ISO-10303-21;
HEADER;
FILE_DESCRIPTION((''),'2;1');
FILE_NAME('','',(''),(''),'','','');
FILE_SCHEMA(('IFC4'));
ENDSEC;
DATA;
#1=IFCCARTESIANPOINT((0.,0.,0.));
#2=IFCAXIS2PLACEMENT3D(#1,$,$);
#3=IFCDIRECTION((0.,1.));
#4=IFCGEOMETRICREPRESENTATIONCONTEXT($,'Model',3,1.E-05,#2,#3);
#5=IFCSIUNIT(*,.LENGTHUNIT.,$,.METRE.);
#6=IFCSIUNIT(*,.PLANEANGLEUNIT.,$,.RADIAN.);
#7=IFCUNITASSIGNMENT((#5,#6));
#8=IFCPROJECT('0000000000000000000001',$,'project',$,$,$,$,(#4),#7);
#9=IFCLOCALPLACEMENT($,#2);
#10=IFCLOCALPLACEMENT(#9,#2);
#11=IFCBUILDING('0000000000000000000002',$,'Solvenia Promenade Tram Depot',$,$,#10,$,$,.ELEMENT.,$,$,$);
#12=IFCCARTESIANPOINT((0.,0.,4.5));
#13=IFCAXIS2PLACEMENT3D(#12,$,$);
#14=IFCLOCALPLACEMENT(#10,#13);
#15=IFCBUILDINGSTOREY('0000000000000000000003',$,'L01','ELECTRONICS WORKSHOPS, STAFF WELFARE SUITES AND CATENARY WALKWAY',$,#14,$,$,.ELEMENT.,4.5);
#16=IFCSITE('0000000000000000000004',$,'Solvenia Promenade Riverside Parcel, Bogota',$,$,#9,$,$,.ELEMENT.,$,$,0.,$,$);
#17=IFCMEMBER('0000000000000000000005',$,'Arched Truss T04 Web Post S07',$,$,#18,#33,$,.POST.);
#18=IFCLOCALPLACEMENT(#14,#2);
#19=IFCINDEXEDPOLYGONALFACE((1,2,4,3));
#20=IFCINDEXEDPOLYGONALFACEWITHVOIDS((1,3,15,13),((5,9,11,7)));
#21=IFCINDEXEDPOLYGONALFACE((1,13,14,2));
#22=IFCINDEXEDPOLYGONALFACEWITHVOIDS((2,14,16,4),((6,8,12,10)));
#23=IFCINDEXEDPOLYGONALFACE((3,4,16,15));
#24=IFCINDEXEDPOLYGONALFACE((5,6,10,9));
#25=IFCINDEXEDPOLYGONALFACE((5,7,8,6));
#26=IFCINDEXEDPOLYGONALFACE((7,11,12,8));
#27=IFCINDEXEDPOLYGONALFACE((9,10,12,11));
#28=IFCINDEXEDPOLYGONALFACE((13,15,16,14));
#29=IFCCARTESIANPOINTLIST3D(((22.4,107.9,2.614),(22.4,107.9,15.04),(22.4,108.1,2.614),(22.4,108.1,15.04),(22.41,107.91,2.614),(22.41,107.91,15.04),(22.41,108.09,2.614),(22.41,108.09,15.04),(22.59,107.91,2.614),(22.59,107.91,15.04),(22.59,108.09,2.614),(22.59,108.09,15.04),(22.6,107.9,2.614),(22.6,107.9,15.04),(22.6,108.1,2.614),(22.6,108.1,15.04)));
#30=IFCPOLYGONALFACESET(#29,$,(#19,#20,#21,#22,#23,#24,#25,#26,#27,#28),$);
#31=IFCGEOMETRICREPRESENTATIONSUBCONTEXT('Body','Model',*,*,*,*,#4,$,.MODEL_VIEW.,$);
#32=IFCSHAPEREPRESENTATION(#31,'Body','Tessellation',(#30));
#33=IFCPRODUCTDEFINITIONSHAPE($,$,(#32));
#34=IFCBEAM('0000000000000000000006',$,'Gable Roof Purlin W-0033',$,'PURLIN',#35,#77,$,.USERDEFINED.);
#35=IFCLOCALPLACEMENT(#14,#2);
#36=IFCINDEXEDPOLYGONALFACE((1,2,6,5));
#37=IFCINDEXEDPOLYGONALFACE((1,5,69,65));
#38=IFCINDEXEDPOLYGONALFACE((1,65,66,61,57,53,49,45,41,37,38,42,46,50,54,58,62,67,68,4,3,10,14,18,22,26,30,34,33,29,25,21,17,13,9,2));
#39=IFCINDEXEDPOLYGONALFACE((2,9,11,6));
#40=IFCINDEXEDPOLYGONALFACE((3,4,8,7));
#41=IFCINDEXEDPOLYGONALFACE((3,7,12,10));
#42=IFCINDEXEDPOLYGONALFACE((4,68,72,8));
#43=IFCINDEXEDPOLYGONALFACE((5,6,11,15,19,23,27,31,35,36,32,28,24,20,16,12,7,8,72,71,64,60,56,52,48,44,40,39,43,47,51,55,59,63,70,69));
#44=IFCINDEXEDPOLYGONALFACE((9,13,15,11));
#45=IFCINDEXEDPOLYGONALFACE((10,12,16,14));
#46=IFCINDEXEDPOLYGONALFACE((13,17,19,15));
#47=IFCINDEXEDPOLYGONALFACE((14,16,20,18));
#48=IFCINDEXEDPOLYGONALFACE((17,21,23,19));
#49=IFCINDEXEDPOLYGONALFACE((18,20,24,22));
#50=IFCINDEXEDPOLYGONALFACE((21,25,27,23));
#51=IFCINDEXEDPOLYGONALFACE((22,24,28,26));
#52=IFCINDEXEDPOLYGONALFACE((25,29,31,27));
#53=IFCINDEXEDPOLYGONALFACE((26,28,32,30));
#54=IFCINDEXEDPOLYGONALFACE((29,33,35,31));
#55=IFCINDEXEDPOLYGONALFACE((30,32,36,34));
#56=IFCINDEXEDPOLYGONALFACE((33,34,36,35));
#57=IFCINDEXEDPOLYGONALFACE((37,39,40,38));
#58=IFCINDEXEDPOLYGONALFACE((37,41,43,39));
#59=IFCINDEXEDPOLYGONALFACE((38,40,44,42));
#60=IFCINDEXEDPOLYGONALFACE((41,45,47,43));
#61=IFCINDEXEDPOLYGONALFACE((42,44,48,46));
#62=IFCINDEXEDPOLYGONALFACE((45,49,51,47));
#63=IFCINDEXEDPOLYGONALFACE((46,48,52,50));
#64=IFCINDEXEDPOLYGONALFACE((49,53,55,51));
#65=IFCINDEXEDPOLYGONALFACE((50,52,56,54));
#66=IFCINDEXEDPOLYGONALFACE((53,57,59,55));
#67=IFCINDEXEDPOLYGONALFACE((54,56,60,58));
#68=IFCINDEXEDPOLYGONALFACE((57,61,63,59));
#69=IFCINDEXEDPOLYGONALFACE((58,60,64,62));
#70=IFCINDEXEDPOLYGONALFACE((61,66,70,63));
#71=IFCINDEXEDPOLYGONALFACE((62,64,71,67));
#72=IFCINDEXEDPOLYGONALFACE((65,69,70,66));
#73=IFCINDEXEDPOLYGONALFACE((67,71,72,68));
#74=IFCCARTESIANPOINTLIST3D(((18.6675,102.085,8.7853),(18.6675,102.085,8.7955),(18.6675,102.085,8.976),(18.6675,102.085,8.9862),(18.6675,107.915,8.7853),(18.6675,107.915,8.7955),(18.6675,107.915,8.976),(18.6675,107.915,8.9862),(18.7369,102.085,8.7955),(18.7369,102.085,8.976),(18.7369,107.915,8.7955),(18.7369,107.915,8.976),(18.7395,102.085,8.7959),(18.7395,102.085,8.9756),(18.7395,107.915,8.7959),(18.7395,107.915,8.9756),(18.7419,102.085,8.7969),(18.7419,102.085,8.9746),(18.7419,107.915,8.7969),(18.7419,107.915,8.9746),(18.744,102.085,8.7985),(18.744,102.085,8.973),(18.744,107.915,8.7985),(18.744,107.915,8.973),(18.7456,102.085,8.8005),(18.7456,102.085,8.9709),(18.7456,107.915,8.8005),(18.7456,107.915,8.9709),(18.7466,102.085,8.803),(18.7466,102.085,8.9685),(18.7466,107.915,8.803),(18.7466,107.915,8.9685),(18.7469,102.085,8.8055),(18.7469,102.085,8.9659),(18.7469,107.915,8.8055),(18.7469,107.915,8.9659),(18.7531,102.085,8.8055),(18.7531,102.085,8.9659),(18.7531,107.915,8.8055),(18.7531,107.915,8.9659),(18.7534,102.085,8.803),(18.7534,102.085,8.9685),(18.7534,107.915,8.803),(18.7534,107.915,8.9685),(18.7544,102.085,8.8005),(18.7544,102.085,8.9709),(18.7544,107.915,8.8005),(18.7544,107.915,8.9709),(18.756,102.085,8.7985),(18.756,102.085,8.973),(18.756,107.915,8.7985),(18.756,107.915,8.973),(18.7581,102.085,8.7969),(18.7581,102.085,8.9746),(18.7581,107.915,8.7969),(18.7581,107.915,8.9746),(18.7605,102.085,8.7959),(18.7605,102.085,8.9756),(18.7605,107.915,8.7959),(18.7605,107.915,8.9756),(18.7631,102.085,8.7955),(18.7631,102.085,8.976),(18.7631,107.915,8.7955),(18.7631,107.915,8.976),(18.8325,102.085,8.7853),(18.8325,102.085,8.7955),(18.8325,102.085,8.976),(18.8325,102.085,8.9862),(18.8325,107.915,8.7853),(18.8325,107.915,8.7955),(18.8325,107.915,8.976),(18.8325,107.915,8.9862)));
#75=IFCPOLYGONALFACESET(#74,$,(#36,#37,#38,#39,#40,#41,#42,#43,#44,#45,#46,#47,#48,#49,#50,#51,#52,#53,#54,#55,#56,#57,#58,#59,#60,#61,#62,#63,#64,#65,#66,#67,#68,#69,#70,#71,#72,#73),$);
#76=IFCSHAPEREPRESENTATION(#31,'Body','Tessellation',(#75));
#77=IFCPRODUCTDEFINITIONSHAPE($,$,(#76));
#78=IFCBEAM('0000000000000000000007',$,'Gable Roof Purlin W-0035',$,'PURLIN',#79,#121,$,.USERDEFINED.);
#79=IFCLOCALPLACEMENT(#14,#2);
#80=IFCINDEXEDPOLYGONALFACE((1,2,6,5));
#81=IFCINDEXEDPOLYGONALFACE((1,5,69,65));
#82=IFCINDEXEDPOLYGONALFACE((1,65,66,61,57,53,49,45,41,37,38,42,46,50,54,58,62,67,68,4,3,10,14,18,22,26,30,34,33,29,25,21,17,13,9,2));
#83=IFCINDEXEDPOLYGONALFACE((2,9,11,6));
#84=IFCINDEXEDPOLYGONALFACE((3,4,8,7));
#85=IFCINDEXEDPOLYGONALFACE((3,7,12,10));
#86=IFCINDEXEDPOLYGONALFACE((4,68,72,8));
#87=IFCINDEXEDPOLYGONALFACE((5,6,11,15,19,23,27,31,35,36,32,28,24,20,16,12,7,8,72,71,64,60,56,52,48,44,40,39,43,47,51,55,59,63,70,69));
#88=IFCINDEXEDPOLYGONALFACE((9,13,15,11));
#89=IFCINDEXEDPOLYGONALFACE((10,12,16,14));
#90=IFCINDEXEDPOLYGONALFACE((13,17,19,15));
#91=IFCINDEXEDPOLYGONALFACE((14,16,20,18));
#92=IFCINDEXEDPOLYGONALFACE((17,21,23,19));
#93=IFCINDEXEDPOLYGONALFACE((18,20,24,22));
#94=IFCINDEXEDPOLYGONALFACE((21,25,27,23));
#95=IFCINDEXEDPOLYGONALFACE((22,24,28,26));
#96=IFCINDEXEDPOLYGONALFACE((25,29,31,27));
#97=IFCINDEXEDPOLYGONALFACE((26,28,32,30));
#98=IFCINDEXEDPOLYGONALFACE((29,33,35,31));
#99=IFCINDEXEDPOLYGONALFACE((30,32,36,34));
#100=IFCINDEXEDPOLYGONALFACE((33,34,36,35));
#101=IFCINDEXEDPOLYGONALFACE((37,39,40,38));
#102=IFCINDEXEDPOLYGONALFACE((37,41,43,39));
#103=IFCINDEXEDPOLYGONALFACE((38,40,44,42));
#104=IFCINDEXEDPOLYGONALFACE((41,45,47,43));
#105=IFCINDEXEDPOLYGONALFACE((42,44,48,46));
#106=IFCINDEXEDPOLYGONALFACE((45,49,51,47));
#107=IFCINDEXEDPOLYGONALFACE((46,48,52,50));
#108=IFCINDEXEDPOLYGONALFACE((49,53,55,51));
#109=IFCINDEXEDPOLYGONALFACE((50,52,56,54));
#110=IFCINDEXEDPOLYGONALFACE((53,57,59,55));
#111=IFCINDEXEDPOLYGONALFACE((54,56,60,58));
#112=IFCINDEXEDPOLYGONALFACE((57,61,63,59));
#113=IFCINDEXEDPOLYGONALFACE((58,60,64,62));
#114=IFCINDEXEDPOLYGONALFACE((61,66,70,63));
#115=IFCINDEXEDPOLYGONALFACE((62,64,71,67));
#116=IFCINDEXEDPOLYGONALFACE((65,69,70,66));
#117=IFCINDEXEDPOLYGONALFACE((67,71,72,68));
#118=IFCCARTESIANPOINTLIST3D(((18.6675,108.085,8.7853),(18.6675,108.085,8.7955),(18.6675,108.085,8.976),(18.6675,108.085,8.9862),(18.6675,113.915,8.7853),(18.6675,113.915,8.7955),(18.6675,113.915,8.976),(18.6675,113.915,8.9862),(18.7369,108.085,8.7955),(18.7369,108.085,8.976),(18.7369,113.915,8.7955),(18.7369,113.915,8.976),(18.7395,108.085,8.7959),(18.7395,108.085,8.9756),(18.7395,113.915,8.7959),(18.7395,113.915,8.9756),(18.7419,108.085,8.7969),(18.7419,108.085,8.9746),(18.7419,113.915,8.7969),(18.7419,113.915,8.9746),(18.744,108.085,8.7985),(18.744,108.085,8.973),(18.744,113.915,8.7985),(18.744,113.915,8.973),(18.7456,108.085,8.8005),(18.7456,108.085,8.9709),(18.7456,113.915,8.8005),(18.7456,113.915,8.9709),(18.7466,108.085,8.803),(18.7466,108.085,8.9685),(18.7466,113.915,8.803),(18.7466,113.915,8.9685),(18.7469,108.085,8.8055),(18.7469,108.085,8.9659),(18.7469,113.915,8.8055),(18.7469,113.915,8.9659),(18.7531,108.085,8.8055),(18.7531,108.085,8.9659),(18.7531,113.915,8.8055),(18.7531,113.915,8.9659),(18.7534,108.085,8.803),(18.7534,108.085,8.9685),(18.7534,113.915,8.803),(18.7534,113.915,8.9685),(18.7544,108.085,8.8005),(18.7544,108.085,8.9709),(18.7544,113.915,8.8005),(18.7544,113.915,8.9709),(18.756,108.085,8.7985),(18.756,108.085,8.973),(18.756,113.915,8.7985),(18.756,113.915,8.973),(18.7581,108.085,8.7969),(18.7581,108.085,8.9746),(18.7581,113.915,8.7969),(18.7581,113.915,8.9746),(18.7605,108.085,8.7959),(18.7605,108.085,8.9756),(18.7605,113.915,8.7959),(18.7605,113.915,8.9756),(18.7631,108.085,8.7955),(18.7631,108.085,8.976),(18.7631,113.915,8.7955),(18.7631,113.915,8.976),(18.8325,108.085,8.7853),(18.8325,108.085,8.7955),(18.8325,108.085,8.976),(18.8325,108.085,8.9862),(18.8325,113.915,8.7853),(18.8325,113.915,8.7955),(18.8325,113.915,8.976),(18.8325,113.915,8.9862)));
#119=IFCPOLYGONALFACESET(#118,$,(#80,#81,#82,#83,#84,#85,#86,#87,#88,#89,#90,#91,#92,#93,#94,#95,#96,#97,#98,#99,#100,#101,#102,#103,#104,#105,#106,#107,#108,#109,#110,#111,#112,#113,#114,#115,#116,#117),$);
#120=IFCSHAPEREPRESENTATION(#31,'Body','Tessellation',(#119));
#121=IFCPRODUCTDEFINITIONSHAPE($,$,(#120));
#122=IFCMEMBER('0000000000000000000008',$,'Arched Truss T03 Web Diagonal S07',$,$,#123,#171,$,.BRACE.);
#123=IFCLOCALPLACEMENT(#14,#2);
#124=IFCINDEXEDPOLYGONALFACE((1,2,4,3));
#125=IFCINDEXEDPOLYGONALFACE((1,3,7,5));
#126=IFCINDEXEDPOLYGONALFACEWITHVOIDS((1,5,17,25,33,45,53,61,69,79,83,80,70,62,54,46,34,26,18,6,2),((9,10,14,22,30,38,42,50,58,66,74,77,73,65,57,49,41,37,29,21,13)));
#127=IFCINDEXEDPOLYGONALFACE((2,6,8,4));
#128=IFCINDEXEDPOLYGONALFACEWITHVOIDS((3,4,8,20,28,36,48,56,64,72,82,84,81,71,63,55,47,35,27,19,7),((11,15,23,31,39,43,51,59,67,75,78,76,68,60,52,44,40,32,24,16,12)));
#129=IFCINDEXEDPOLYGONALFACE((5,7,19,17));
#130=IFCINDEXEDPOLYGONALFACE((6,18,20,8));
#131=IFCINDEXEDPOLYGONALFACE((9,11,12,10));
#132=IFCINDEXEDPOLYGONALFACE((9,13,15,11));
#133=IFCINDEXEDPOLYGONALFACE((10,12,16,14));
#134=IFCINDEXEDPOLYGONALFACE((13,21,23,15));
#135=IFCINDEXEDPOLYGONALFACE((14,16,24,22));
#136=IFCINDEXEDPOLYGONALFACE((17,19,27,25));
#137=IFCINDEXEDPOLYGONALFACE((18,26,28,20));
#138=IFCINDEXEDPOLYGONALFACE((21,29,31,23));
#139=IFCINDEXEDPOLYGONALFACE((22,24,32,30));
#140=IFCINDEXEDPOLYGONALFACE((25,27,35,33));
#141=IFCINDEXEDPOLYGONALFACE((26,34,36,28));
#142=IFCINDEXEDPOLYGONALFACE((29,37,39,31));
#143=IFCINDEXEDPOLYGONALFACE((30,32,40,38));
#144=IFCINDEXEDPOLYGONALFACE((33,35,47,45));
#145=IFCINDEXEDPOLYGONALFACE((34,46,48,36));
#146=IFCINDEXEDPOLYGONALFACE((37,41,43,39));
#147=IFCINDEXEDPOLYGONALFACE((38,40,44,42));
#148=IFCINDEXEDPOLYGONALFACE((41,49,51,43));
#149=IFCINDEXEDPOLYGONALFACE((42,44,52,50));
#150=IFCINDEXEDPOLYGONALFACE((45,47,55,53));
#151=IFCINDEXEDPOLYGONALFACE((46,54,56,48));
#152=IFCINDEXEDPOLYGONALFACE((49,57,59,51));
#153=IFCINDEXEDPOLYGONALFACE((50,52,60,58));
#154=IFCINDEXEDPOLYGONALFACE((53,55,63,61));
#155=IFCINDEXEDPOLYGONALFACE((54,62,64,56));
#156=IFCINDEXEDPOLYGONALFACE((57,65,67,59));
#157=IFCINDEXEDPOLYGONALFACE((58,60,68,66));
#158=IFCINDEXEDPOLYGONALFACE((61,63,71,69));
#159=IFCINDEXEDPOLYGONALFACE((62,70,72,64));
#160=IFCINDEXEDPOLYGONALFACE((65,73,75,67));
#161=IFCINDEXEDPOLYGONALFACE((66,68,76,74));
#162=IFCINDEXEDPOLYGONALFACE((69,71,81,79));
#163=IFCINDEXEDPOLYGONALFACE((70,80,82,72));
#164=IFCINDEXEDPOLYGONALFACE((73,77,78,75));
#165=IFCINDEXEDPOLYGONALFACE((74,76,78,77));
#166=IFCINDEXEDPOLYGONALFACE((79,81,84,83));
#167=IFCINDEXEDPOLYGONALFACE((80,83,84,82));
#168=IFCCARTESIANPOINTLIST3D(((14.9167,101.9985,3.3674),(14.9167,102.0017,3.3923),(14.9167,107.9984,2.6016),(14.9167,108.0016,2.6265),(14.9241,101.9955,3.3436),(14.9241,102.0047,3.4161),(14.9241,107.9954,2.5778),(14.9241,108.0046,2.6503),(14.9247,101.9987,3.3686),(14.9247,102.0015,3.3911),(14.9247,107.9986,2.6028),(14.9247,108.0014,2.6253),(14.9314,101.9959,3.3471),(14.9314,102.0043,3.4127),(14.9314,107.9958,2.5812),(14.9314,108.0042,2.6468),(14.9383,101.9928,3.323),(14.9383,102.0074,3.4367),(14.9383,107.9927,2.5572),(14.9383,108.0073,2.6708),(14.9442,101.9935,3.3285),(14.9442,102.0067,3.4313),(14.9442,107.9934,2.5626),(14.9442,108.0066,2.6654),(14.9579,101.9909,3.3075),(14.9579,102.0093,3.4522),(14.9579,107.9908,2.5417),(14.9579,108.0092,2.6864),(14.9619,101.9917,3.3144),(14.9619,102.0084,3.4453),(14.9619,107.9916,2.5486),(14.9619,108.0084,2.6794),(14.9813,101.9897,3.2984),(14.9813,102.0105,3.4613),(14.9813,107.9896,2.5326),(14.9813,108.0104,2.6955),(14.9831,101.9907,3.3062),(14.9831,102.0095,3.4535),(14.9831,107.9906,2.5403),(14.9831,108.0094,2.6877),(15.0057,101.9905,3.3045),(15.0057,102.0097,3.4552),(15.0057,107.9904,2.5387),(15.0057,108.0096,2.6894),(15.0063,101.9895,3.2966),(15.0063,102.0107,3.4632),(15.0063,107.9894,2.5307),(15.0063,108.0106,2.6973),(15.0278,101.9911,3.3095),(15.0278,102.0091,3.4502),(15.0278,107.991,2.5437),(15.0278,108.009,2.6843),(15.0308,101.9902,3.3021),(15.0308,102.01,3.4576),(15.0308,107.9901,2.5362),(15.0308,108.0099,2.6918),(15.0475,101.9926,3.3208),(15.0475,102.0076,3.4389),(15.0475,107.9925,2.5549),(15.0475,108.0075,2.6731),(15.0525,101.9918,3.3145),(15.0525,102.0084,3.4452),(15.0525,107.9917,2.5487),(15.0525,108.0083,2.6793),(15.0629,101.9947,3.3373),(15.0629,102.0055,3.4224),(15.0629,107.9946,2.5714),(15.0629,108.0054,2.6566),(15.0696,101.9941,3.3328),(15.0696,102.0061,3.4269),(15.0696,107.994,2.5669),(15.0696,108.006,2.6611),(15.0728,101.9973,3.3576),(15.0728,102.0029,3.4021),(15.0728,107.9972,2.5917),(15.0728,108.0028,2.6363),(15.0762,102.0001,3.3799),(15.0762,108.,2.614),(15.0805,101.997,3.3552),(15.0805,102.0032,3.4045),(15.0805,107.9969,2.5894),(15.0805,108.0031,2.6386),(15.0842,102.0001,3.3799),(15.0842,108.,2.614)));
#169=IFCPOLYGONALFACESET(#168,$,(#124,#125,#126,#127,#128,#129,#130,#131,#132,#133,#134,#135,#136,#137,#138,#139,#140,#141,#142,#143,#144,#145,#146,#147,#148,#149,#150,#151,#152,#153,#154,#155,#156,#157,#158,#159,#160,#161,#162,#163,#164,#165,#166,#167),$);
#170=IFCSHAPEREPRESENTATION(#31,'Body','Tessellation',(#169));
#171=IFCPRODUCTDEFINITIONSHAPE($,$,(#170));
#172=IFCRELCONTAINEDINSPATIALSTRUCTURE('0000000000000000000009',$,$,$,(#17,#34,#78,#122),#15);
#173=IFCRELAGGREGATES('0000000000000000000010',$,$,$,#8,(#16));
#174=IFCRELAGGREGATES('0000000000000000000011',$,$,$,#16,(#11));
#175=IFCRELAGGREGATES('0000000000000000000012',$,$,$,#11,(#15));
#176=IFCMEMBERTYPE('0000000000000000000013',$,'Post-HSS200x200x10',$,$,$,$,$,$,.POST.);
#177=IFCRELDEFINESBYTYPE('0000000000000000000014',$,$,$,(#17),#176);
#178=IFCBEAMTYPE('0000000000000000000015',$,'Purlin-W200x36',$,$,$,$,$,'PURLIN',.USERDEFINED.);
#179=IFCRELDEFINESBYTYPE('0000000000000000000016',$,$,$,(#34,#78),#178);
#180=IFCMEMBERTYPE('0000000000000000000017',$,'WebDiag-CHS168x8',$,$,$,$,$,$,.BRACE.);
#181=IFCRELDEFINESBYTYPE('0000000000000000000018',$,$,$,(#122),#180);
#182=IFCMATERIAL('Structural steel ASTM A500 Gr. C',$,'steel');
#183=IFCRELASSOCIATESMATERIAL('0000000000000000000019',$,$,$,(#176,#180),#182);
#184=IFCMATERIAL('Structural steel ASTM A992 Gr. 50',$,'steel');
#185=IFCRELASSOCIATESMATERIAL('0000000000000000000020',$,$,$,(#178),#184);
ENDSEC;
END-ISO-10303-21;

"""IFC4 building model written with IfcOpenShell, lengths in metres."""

from ifc_helpers import new_model, si_unit, direction, frame, origin, origin_2d, place, context, subcontext, project, spatial, hollow_rectangle, hollow_circle, i_section, extrude, material, material_profile, profile_set, type_object, element, save


model = new_model("IFC4")

# Units and contexts
model_context = context("Model", 3, precision=1e-05, world=origin(), true_north=direction((0.0, 1.0)))
body_context = subcontext(model_context, "Body", "Model", "MODEL_VIEW")
ifc_project = project(units=[si_unit("LENGTHUNIT", "METRE"), si_unit("PLANEANGLEUNIT", "RADIAN")], contexts=[model_context])

# Site, building, storey
site_placement = place(None, origin())
site = spatial("IfcSite", under=ifc_project, at=site_placement, Name="Solvenia Promenade Riverside Parcel, Bogota", CompositionType="ELEMENT", RefElevation=0.0)
building_placement = place(site_placement, origin())
building = spatial("IfcBuilding", under=site, at=building_placement, Name="Solvenia Promenade Tram Depot", CompositionType="ELEMENT")
storey_placement = place(building_placement, frame((0.0, 0.0, 4.5)))
storey = spatial("IfcBuildingStorey", under=building, at=storey_placement, Name="L01", Description="ELECTRONICS WORKSHOPS, STAFF WELFARE SUITES AND CATENARY WALKWAY", CompositionType="ELEMENT", Elevation=4.5)

# Member
ifc_material_1 = material(Name="Structural steel ASTM A500 Gr. C", Category="steel")
ifc_material_profile_1 = material_profile(ifc_material_1, hollow_rectangle(XDim=0.2, YDim=0.2, WallThickness=0.01, at=origin_2d()), Name="HSS200x200x10", Category="steel")
ifc_profile_set_1 = profile_set([ifc_material_profile_1], Name="Structural steel ASTM A500 Gr. C")
member_type_1 = type_object("IfcMemberType", Name="Post-HSS200x200x10", PredefinedType="POST", material=ifc_profile_set_1)
member_1_placement = place(storey_placement, frame((22.5, 108.0, 2.614), z_axis=(0.0, 0.0, 1.0), x_axis=(1.0, 0.0, 0.0)))
element("IfcMember", 1, at=member_1_placement, inside=storey, type_object=member_type_1, Name="Arched Truss T04 Web Post S07", PredefinedType="POST", context=body_context, shape_type="SweptSolid", body=[
    extrude(hollow_rectangle(XDim=0.2, YDim=0.2, WallThickness=0.01, at=origin_2d()), origin(), (0.0, 0.0, 1.0), 12.426),
])

# Beams
ifc_material_2 = material(Name="Structural steel ASTM A992 Gr. 50", Category="steel")
ifc_material_profile_2 = material_profile(ifc_material_2, i_section(OverallWidth=0.165, OverallDepth=0.2009, WebThickness=0.0061, FlangeThickness=0.0103, FilletRadius=0.01, at=origin_2d()), Name="W200x36", Category="steel")
ifc_profile_set_2 = profile_set([ifc_material_profile_2], Name="Structural steel ASTM A992 Gr. 50")
beam_type = type_object("IfcBeamType", Name="Purlin-W200x36", ElementType="PURLIN", PredefinedType="USERDEFINED", material=ifc_profile_set_2)
for number, where, z_axis, x_axis, name in (
    (2, (18.75, 102.085, 8.8857), (0.0, 1.0, 0.0), (-1.0, 0.0, 0.0), "Gable Roof Purlin W-0033"),
    (3, (18.75, 108.085, 8.8857), (0.0, 1.0, 0.0), (-1.0, 0.0, 0.0), "Gable Roof Purlin W-0035"),
):
    element("IfcBeam", number, at=place(storey_placement, frame(where, z_axis=z_axis, x_axis=x_axis)), inside=storey, type_object=beam_type, Name=name, ObjectType="PURLIN", PredefinedType="USERDEFINED", context=body_context, shape_type="SweptSolid", body=[
        extrude(i_section(OverallWidth=0.165, OverallDepth=0.2009, WebThickness=0.0061, FlangeThickness=0.0103, FilletRadius=0.01, at=origin_2d()), origin(), (0.0, 0.0, 1.0), 5.8301),
    ])

# Member
ifc_material_profile_3 = material_profile(ifc_material_1, hollow_circle(Radius=0.0842, WallThickness=0.0081, at=origin_2d()), Name="CHS168.3x8", Category="steel")
ifc_profile_set_3 = profile_set([ifc_material_profile_3], Name="Structural steel ASTM A500 Gr. C")
member_type_2 = type_object("IfcMemberType", Name="WebDiag-CHS168x8", PredefinedType="BRACE", material=ifc_profile_set_3)
member_2_placement = place(storey_placement, frame((15.0, 108.0, 2.614), z_axis=(0.0, -0.991952, 0.126618), x_axis=(1.0, 0.0, 0.0)))
element("IfcMember", 4, at=member_2_placement, inside=storey, type_object=member_type_2, Name="Arched Truss T03 Web Diagonal S07", PredefinedType="BRACE", context=body_context, shape_type="SweptSolid", body=[
    extrude(hollow_circle(Radius=0.0842, WallThickness=0.0081, at=origin_2d()), origin(), (0.0, 0.0, 1.0), 6.0486),
])

save(model, "model.ifc")
